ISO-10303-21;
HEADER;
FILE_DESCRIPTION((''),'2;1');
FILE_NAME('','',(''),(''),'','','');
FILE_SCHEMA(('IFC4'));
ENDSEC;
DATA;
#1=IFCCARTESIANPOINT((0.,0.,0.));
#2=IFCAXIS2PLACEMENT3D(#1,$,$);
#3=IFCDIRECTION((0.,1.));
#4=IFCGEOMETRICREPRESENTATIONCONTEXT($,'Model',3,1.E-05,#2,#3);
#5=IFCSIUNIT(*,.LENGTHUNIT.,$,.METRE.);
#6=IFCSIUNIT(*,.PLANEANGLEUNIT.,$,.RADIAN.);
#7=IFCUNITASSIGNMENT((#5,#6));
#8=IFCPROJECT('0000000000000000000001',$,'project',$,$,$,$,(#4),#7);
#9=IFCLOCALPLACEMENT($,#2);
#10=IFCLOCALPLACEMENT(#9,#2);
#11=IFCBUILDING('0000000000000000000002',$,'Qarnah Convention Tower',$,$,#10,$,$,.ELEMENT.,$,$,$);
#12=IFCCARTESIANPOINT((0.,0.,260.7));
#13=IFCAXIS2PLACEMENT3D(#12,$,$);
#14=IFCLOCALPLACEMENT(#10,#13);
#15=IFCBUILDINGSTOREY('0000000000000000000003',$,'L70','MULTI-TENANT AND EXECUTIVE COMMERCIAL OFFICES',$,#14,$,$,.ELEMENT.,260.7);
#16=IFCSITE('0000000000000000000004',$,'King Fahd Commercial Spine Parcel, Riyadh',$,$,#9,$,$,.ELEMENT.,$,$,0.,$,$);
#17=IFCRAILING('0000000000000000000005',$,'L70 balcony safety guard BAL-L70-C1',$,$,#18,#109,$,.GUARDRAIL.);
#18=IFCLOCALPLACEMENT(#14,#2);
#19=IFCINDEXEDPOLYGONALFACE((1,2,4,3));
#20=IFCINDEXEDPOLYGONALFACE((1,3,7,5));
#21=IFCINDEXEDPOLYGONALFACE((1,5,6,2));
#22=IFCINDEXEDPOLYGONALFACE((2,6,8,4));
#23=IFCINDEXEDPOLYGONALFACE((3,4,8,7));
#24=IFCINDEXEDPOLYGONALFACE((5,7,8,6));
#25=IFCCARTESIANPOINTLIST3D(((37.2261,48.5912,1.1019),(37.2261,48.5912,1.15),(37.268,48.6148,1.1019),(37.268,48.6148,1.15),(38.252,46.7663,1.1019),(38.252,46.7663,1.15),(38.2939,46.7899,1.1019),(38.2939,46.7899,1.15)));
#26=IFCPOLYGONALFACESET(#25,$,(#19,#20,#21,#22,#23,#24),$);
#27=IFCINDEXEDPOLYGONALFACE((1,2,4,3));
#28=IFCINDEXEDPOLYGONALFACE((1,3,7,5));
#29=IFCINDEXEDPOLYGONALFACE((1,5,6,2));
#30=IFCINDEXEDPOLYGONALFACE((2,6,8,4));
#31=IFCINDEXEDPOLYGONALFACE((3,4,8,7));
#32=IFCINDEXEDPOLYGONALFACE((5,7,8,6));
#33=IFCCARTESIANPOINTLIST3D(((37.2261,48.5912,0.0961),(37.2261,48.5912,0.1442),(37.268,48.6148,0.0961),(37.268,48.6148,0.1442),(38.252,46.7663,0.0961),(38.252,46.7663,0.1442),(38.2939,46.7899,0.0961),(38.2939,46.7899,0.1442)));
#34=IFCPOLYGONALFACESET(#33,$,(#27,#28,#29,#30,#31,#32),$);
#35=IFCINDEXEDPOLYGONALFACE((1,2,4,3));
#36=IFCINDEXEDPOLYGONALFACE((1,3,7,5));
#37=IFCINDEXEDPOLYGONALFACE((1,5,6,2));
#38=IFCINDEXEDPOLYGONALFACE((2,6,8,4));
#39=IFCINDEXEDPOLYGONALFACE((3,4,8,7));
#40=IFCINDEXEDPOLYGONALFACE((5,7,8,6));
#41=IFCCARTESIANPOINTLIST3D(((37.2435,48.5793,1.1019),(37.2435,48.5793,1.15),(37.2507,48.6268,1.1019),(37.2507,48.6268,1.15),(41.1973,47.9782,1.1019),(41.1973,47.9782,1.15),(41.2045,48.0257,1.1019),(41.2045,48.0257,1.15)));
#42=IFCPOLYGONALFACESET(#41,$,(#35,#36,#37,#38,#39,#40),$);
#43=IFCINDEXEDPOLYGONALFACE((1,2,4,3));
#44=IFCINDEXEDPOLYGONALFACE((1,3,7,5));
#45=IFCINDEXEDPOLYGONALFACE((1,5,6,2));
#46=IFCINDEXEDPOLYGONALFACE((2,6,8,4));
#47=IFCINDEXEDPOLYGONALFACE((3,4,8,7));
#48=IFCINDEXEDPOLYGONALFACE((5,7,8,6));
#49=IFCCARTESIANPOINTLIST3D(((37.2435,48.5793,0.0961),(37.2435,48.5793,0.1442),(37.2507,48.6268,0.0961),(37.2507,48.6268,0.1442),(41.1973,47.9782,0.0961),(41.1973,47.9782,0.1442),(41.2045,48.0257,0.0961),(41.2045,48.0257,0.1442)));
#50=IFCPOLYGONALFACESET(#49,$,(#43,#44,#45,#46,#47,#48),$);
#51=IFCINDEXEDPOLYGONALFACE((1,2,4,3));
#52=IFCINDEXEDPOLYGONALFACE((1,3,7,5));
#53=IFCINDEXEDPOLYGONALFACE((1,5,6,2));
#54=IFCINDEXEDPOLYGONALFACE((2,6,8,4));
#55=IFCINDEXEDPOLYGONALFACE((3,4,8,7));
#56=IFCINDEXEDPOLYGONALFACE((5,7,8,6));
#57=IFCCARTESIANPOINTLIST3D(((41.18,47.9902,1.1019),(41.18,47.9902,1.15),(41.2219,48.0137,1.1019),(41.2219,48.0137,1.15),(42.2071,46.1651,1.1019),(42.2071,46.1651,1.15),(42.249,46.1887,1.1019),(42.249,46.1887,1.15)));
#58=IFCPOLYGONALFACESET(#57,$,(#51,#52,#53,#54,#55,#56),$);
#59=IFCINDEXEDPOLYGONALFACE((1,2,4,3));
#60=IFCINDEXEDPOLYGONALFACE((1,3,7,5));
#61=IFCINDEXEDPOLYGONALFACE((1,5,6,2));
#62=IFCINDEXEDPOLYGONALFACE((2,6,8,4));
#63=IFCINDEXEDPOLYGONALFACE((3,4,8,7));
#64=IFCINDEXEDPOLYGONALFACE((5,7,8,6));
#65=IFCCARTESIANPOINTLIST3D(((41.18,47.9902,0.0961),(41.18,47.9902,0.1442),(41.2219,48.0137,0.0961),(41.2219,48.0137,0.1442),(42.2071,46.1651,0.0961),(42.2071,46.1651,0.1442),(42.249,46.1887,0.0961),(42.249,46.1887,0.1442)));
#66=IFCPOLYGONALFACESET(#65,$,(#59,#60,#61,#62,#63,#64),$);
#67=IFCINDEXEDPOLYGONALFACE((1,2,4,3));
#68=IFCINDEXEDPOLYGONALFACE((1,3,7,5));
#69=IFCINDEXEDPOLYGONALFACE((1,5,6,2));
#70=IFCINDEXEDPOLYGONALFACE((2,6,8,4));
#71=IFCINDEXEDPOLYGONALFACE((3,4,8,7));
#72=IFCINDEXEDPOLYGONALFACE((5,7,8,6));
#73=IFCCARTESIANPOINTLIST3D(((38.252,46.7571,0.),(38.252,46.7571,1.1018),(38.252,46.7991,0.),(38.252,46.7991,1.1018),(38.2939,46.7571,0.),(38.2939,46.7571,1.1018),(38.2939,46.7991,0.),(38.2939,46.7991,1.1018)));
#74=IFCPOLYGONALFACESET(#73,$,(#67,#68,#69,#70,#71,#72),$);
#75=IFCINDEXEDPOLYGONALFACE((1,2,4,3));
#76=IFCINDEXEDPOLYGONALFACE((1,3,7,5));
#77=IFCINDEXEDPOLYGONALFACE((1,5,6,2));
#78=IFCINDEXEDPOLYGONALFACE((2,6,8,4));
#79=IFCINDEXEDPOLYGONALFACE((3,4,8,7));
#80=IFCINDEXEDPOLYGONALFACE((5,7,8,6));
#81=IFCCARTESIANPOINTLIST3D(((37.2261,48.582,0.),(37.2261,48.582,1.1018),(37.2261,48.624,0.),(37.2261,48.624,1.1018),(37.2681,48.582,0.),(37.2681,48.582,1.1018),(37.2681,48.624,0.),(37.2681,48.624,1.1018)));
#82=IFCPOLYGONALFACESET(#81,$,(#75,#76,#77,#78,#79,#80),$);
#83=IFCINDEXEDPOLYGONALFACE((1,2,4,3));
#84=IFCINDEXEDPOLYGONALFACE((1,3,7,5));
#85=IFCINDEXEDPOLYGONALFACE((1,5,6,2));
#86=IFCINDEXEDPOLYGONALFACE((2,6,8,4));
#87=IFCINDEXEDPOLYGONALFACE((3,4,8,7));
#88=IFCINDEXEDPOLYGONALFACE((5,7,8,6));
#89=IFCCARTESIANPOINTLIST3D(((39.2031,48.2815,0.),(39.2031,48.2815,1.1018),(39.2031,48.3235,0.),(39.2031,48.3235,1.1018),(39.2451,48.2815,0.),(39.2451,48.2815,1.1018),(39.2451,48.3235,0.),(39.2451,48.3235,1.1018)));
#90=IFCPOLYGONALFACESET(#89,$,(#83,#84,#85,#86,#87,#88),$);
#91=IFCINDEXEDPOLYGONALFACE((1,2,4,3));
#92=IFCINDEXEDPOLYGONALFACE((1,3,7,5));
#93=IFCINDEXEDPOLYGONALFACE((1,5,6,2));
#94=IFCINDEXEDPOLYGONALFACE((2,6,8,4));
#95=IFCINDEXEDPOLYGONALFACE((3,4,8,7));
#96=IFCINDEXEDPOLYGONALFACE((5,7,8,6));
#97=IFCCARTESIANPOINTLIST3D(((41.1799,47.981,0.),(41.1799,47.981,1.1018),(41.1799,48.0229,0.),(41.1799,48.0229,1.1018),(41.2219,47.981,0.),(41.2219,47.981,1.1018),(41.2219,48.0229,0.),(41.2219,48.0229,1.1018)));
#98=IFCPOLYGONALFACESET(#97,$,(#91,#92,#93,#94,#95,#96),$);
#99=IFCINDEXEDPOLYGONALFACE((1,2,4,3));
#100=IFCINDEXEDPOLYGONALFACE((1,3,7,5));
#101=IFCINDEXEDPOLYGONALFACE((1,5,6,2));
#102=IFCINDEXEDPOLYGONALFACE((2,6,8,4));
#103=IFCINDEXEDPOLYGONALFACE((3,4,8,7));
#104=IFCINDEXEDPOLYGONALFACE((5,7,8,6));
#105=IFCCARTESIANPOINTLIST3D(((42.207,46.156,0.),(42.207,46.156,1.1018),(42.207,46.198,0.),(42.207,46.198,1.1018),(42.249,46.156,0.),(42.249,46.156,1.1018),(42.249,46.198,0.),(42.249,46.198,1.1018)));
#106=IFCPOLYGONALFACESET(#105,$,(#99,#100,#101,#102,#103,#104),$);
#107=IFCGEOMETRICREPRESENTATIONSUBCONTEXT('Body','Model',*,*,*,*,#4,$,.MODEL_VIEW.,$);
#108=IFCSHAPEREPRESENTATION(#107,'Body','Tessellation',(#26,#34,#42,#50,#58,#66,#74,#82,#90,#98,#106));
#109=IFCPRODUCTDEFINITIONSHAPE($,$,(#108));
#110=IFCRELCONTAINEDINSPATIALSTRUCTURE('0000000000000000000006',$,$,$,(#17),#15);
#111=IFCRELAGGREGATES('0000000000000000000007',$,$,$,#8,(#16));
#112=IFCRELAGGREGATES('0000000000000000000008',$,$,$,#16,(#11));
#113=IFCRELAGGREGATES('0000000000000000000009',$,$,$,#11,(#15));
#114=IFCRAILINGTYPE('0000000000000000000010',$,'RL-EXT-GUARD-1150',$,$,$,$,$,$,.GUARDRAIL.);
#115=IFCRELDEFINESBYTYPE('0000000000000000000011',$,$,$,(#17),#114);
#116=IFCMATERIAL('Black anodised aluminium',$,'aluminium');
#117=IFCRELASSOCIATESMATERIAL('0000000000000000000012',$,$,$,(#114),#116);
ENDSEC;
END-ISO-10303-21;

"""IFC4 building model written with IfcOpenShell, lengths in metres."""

from ifc_helpers import new_model, si_unit, direction, frame, origin, origin_2d, place, context, subcontext, project, spatial, rectangle, extrude, material, type_object, element, save


model = new_model("IFC4")

# Units and contexts
model_context = context("Model", 3, precision=1e-05, world=origin(), true_north=direction((0.0, 1.0)))
body_context = subcontext(model_context, "Body", "Model", "MODEL_VIEW")
ifc_project = project(units=[si_unit("LENGTHUNIT", "METRE"), si_unit("PLANEANGLEUNIT", "RADIAN")], contexts=[model_context])

# Site, building, storey
site_placement = place(None, origin())
site = spatial("IfcSite", under=ifc_project, at=site_placement, Name="King Fahd Commercial Spine Parcel, Riyadh", CompositionType="ELEMENT", RefElevation=0.0)
building_placement = place(site_placement, origin())
building = spatial("IfcBuilding", under=site, at=building_placement, Name="Qarnah Convention Tower", CompositionType="ELEMENT")
storey_placement = place(building_placement, frame((0.0, 0.0, 260.7)))
storey = spatial("IfcBuildingStorey", under=building, at=storey_placement, Name="L70", Description="MULTI-TENANT AND EXECUTIVE COMMERCIAL OFFICES", CompositionType="ELEMENT", Elevation=260.7)

# Shared definitions
ifc_material_1 = material(Name="Black anodised aluminium", Category="aluminium")

# Railing
railing_type = type_object("IfcRailingType", Name="RL-EXT-GUARD-1150", PredefinedType="GUARDRAIL", material=ifc_material_1)
railing_1_placement = place(storey_placement, frame((38.2729, 46.7781, 0.0)))
element("IfcRailing", 1, at=railing_1_placement, inside=storey, type_object=railing_type, Name="L70 balcony safety guard BAL-L70-C1", PredefinedType="GUARDRAIL", context=body_context, shape_type="SweptSolid", body=[
    extrude(rectangle(XDim=0.0481, YDim=0.0481, at=origin_2d()), frame((0.0, 0.0, 1.126), z_axis=(-0.490023, 0.871709, 0.0), x_axis=(-0.871709, -0.490023, 0.0)), (0.0, 0.0, 1.0), 2.0935),
    extrude(rectangle(XDim=0.0481, YDim=0.0481, at=origin_2d()), frame((0.0, 0.0, 0.1201), z_axis=(-0.490023, 0.871709, 0.0), x_axis=(-0.871709, -0.490023, 0.0)), (0.0, 0.0, 1.0), 2.0935),
    extrude(rectangle(XDim=0.0481, YDim=0.0481, at=origin_2d()), frame((-1.0259, 1.825, 1.126), z_axis=(0.988641, -0.150295, 0.0), x_axis=(0.150295, 0.988641, 0.0)), (0.0, 0.0, 1.0), 3.9993),
    extrude(rectangle(XDim=0.0481, YDim=0.0481, at=origin_2d()), frame((-1.0259, 1.825, 0.1201), z_axis=(0.988641, -0.150295, 0.0), x_axis=(0.150295, 0.988641, 0.0)), (0.0, 0.0, 1.0), 3.9993),
    extrude(rectangle(XDim=0.0481, YDim=0.0481, at=origin_2d()), frame((2.928, 1.2239, 1.126), z_axis=(0.490466, -0.87146, 0.0), x_axis=(0.87146, 0.490466, 0.0)), (0.0, 0.0, 1.0), 2.0942),
    extrude(rectangle(XDim=0.0481, YDim=0.0481, at=origin_2d()), frame((2.928, 1.2239, 0.1201), z_axis=(0.490466, -0.87146, 0.0), x_axis=(0.87146, 0.490466, 0.0)), (0.0, 0.0, 1.0), 2.0942),
    extrude(rectangle(XDim=0.042, YDim=0.042, at=origin_2d()), origin(), (0.0, 0.0, 1.0), 1.1018),
    extrude(rectangle(XDim=0.042, YDim=0.042, at=origin_2d()), frame((-1.0259, 1.825, 0.0)), (0.0, 0.0, 1.0), 1.1018),
    extrude(rectangle(XDim=0.042, YDim=0.042, at=origin_2d()), frame((0.9512, 1.5244, 0.0)), (0.0, 0.0, 1.0), 1.1018),
    extrude(rectangle(XDim=0.042, YDim=0.042, at=origin_2d()), frame((2.928, 1.2239, 0.0)), (0.0, 0.0, 1.0), 1.1018),
    extrude(rectangle(XDim=0.042, YDim=0.042, at=origin_2d()), frame((3.9551, -0.6011, 0.0)), (0.0, 0.0, 1.0), 1.1018),
])

save(model, "model.ifc")
